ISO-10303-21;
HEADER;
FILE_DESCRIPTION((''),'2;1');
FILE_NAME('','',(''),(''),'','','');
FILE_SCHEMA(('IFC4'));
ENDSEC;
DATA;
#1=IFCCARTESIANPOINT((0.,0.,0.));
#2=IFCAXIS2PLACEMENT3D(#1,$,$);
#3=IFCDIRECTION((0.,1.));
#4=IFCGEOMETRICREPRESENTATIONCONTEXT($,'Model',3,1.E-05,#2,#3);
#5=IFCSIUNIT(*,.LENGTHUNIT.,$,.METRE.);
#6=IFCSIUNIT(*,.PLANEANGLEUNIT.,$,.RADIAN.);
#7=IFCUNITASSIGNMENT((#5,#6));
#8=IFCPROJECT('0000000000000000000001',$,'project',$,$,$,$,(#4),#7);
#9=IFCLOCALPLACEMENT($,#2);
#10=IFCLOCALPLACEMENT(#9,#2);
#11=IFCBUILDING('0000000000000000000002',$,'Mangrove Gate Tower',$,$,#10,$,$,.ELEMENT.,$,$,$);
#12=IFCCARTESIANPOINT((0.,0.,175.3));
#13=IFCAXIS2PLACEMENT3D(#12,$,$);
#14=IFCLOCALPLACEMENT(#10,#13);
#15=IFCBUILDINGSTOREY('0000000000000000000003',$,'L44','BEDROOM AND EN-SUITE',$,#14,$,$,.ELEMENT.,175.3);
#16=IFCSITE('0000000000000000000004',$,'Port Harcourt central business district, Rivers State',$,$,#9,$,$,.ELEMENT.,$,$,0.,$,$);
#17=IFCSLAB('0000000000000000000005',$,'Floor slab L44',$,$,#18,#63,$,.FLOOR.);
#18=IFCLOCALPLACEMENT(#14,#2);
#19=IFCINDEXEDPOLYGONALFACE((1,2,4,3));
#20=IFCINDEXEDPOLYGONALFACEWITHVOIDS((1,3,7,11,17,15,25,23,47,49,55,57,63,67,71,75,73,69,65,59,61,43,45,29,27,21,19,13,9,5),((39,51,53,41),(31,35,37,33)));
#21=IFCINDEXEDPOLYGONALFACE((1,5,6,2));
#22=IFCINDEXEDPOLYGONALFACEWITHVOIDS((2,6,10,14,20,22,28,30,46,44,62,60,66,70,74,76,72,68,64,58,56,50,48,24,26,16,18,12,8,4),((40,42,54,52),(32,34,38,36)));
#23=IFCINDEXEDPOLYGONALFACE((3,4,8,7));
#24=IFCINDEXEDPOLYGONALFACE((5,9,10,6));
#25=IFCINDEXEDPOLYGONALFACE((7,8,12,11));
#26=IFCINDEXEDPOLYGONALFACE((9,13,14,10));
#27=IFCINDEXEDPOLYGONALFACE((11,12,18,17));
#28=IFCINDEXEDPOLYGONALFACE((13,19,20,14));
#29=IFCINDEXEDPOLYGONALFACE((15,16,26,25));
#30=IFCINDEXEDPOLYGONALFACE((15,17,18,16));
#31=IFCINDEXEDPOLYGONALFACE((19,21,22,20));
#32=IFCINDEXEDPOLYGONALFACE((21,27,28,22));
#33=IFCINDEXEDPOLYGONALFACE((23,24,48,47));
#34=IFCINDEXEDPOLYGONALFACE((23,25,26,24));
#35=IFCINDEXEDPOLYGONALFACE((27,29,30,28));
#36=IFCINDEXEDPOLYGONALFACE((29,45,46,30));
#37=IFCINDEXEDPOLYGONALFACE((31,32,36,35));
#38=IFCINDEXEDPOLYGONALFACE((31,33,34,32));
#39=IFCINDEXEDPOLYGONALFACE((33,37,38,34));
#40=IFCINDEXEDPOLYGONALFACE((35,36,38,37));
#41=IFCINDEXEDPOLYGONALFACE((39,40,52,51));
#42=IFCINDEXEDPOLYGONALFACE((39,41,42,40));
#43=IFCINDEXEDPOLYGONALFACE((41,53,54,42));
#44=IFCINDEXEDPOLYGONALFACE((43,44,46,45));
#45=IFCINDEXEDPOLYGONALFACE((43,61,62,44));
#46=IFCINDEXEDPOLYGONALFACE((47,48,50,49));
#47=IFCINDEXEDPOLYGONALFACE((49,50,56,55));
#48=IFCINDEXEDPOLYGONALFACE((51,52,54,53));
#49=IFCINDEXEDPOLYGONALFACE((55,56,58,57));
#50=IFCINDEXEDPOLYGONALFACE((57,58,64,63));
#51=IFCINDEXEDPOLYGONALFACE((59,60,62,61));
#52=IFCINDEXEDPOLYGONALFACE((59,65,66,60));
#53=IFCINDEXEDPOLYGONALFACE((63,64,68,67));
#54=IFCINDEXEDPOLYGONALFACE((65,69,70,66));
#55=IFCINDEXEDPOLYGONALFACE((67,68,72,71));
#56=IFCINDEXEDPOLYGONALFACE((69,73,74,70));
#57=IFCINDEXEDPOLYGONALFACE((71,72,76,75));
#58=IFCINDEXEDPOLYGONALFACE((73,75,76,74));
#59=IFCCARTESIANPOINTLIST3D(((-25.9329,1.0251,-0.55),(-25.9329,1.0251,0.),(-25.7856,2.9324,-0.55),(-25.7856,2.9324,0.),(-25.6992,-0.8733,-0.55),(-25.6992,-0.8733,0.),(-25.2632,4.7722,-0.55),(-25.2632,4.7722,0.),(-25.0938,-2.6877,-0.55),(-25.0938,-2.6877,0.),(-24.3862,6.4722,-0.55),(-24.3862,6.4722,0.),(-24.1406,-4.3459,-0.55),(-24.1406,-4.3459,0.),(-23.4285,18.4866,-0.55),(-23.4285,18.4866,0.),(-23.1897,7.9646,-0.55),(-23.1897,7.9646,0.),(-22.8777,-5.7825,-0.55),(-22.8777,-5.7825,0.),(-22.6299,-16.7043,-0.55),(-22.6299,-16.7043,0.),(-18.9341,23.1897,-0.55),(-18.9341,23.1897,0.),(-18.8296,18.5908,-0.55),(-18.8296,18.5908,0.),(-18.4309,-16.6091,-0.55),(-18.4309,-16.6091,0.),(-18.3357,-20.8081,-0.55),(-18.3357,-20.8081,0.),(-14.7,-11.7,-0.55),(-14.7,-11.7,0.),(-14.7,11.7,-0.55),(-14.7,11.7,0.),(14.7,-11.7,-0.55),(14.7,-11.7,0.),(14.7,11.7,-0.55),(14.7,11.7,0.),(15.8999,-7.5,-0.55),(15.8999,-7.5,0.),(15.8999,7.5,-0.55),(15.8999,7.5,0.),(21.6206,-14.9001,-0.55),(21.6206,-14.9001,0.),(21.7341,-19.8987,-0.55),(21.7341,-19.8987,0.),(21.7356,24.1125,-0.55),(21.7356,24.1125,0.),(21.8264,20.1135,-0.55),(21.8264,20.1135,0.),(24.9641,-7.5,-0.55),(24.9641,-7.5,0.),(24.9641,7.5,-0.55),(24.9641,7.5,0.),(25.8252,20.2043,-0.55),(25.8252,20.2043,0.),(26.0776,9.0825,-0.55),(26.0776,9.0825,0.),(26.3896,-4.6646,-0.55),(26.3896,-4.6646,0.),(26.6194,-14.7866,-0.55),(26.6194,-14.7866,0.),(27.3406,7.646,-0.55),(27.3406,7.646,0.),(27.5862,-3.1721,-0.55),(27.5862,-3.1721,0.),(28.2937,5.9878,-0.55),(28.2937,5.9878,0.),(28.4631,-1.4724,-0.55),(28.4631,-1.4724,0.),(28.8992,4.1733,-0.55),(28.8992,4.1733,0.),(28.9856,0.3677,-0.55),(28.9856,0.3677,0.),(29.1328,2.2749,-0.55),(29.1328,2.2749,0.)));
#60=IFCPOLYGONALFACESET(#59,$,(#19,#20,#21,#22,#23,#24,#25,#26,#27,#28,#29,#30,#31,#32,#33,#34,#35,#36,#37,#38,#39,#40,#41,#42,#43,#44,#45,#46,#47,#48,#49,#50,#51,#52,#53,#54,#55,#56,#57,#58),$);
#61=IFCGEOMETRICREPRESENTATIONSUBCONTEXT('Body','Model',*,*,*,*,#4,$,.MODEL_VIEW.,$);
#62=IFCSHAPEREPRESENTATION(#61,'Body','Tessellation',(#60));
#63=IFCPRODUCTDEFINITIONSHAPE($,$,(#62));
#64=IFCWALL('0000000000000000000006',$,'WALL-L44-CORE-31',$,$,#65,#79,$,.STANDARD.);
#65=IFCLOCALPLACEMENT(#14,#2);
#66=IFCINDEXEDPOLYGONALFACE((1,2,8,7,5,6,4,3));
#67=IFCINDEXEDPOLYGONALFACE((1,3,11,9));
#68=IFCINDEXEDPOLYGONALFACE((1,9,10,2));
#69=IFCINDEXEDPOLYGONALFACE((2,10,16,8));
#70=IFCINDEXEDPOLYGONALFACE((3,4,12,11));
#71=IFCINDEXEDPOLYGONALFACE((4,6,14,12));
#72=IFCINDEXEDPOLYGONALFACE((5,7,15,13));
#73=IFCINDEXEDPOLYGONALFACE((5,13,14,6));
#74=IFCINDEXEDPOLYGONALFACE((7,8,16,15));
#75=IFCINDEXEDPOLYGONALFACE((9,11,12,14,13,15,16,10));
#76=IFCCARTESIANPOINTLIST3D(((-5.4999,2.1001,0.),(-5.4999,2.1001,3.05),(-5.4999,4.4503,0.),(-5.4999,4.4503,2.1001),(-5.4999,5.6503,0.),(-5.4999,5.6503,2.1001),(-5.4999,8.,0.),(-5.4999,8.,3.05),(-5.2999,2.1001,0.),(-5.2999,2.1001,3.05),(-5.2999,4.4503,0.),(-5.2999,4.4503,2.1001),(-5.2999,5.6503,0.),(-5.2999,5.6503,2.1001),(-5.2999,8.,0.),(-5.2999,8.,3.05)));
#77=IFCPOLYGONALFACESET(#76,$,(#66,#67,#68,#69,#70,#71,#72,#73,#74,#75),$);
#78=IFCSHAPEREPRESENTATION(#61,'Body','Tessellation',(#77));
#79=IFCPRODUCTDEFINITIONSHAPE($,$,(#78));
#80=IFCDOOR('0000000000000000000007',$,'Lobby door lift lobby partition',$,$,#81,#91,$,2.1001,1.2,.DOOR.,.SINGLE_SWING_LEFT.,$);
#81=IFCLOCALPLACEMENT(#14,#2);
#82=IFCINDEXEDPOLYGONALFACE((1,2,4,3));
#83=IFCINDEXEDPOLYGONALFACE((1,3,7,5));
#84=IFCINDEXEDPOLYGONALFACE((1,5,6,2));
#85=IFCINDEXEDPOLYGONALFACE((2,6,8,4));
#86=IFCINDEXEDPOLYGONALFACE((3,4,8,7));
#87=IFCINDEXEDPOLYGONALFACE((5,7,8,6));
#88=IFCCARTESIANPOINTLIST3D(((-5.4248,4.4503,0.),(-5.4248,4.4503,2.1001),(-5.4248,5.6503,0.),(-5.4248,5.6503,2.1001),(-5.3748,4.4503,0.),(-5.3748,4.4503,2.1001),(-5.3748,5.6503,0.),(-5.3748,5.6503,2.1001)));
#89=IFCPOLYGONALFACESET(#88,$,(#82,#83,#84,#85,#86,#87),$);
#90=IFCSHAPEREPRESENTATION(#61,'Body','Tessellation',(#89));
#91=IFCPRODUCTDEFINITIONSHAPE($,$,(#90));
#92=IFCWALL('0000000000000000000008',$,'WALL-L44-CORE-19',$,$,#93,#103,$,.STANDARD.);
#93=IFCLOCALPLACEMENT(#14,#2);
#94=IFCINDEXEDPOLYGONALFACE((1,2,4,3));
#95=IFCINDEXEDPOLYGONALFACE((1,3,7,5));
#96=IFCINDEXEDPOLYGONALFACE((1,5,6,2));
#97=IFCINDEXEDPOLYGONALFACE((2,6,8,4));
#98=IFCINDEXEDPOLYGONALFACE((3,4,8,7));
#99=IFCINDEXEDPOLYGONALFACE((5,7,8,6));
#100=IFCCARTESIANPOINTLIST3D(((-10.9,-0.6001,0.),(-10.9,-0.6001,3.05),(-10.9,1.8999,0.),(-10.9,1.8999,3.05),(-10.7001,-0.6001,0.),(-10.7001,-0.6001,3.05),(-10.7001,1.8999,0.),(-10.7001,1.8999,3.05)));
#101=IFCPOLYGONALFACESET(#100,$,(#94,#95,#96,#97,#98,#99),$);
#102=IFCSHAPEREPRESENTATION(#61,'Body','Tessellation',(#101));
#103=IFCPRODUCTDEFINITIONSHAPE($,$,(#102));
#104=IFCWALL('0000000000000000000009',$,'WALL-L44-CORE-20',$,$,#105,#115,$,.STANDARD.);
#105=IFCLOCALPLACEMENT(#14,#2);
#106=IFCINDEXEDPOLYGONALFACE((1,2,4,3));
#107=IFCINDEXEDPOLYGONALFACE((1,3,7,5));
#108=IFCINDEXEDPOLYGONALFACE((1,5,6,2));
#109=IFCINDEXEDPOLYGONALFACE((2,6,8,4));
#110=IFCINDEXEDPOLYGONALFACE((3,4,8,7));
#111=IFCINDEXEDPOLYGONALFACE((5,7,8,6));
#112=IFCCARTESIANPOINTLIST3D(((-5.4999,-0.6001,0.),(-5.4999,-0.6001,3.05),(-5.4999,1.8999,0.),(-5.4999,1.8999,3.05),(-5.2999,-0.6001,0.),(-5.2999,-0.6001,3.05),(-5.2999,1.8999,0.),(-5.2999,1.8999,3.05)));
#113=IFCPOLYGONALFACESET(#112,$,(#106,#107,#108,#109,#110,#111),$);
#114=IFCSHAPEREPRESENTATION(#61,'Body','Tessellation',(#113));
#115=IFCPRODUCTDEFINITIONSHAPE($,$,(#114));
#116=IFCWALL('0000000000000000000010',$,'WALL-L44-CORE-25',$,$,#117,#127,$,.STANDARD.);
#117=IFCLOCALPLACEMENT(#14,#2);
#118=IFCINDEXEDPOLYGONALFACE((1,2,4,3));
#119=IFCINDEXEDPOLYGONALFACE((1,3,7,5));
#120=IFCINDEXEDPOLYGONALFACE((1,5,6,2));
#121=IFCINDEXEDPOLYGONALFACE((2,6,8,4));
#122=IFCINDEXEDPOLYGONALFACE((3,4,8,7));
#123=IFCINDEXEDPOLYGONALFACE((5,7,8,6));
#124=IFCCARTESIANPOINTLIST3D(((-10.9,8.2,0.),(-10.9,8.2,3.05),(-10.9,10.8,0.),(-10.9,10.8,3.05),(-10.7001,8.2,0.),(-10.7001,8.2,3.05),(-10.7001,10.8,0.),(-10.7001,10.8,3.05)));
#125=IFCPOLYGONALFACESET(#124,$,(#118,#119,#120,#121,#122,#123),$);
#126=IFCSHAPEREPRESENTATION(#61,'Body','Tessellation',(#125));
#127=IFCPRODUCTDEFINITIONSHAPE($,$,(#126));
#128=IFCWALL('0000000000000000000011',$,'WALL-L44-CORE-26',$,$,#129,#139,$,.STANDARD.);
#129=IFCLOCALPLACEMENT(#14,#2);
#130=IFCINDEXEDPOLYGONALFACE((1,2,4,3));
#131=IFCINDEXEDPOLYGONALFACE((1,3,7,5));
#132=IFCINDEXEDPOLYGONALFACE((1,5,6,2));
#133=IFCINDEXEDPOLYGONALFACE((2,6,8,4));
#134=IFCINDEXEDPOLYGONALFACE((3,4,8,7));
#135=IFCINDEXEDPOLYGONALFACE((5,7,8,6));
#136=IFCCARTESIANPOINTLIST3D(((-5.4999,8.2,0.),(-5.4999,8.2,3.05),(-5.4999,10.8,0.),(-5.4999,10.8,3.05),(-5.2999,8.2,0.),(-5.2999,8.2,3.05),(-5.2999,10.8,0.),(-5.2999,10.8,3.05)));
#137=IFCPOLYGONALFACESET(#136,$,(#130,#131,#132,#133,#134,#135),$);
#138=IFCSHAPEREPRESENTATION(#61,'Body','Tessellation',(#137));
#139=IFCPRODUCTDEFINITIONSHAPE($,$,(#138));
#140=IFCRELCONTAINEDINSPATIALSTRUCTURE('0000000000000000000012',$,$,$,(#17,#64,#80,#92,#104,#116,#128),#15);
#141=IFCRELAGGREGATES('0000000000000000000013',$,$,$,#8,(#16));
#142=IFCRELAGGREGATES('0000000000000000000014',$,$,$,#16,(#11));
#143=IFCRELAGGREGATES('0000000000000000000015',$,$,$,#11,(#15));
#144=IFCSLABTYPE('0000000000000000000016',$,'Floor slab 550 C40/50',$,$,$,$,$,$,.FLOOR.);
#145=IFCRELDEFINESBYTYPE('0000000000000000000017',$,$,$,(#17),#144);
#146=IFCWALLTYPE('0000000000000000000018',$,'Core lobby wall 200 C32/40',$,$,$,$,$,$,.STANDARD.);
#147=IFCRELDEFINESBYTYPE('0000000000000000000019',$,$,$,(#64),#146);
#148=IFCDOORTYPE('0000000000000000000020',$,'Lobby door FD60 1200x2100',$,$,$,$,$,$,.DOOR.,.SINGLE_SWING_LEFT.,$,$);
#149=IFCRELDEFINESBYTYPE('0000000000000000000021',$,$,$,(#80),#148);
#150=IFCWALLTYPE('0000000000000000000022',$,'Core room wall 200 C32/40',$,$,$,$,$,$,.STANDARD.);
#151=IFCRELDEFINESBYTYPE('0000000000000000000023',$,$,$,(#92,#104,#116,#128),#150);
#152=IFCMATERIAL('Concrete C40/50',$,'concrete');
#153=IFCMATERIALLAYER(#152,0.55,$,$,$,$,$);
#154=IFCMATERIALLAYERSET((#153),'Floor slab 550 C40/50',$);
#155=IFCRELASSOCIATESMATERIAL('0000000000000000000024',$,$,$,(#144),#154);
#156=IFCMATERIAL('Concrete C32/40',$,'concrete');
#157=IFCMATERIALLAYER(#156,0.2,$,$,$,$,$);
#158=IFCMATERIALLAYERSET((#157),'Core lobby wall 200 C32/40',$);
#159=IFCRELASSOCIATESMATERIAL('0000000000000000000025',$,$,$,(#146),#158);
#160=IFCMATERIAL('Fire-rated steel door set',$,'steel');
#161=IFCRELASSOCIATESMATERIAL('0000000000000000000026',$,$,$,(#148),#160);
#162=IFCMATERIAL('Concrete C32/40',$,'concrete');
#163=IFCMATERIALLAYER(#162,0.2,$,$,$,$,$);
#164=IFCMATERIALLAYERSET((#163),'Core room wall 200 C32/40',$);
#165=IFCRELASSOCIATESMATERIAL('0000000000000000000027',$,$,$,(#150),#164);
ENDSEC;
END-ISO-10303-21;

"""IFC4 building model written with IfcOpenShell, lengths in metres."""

from ifc_helpers import new_model, si_unit, direction, frame, frame_2d, origin, place, context, subcontext, project, spatial, polyline, rectangle, outline, extrude, material, layer, layer_set, type_object, element, fill, save


model = new_model("IFC4")

# Units and contexts
model_context = context("Model", 3, precision=1e-05, world=origin(), true_north=direction((0.0, 1.0)))
body_context = subcontext(model_context, "Body", "Model", "MODEL_VIEW")
ifc_project = project(units=[si_unit("LENGTHUNIT", "METRE"), si_unit("PLANEANGLEUNIT", "RADIAN")], contexts=[model_context])

# Site, building, storey
site_placement = place(None, origin())
site = spatial("IfcSite", under=ifc_project, at=site_placement, Name="Port Harcourt central business district, Rivers State", CompositionType="ELEMENT", RefElevation=0.0)
building_placement = place(site_placement, origin())
building = spatial("IfcBuilding", under=site, at=building_placement, Name="Mangrove Gate Tower", CompositionType="ELEMENT")
storey_placement = place(building_placement, frame((0.0, 0.0, 175.3)))
storey = spatial("IfcBuildingStorey", under=building, at=storey_placement, Name="L44", Description="BEDROOM AND EN-SUITE", CompositionType="ELEMENT", Elevation=175.3)

# Slab
ifc_material_1 = material(Name="Concrete C40/50", Category="concrete")
ifc_layer_1 = layer(ifc_material_1, 0.55)
ifc_layer_set_1 = layer_set([ifc_layer_1], Name="Floor slab 550 C40/50")
slab_type_1 = type_object("IfcSlabType", Name="Floor slab 550 C40/50", PredefinedType="FLOOR", material=ifc_layer_set_1)
slab_1_placement = place(storey_placement, frame((0.0, 0.0, -0.55)))
element("IfcSlab", 1, at=slab_1_placement, inside=storey, type_object=slab_type_1, Name="Floor slab L44", PredefinedType="FLOOR", context=body_context, shape_type="SweptSolid", body=[
    extrude(outline(polyline([(-18.3357, -20.8081), (21.7341, -19.8987), (21.6206, -14.9001), (26.6194, -14.7866), (26.3896, -4.6646), (27.5862, -3.1721), (28.4631, -1.4724), (28.9856, 0.3677), (29.1328, 2.2749), (28.8992, 4.1733), (28.2937, 5.9878), (27.3406, 7.646), (26.0776, 9.0825), (25.8252, 20.2043), (21.8264, 20.1135), (21.7356, 24.1125), (-18.9341, 23.1897), (-18.8296, 18.5908), (-23.4285, 18.4866), (-23.1897, 7.9646), (-24.3862, 6.4722), (-25.2632, 4.7722), (-25.7856, 2.9324), (-25.9329, 1.0251), (-25.6992, -0.8733), (-25.0938, -2.6877), (-24.1406, -4.3459), (-22.8777, -5.7825), (-22.6299, -16.7043), (-18.4309, -16.6091), (-18.3357, -20.8081)]), holes=[polyline([(15.8999, 7.5), (24.9641, 7.5), (24.9641, -7.5), (15.8999, -7.5), (15.8999, 7.5)]), polyline([(-14.7, -11.7), (-14.7, 11.7), (14.7, 11.7), (14.7, -11.7), (-14.7, -11.7)])]), origin(), (0.0, 0.0, 1.0), 0.55),
])

# Wall, opening, door
ifc_material_2 = material(Name="Concrete C32/40", Category="concrete")
ifc_layer_2 = layer(ifc_material_2, 0.2)
ifc_layer_set_2 = layer_set([ifc_layer_2], Name="Core lobby wall 200 C32/40")
wall_type_1 = type_object("IfcWallType", Name="Core lobby wall 200 C32/40", PredefinedType="STANDARD", material=ifc_layer_set_2)
wall_1_placement = place(storey_placement, frame((-5.3999, 2.1001, 0.0), z_axis=(0.0, 0.0, 1.0), x_axis=(0.0, 1.0, 0.0)))
wall_1 = element("IfcWall", 2, at=wall_1_placement, inside=storey, type_object=wall_type_1, Name="WALL-L44-CORE-31", PredefinedType="STANDARD", context=body_context, shape_type="SweptSolid", body=[
    extrude(rectangle(XDim=5.8999, YDim=0.2, at=frame_2d((2.95, 0.0))), origin(), (0.0, 0.0, 1.0), 3.05),
])
opening_1_placement = place(wall_1_placement, frame((2.3501, 0.0, 0.0)))
opening_1 = element("IfcOpeningElement", 3, at=opening_1_placement, cuts=wall_1, PredefinedType="OPENING", context=body_context, shape_type="SweptSolid", body=[
    extrude(rectangle(XDim=1.2, YDim=2.1001, at=frame_2d((0.6001, 1.05))), frame((0.0, 0.1099, 0.0), z_axis=(0.0, -1.0, 0.0), x_axis=(1.0, 0.0, 0.0)), (0.0, 0.0, 1.0), 0.22),
])
ifc_material_3 = material(Name="Fire-rated steel door set", Category="steel")
door_type_1 = type_object("IfcDoorType", Name="Lobby door FD60 1200x2100", OperationType="SINGLE_SWING_LEFT", PredefinedType="DOOR", material=ifc_material_3)
door_1_placement = place(opening_1_placement, origin())
door_1 = element("IfcDoor", 4, at=door_1_placement, inside=storey, type_object=door_type_1, Name="Lobby door lift lobby partition", OperationType="SINGLE_SWING_LEFT", OverallHeight=2.1001, OverallWidth=1.2, PredefinedType="DOOR", context=body_context, shape_type="SweptSolid", body=[
    extrude(rectangle(XDim=1.2, YDim=2.1001, at=frame_2d((0.6001, 1.05))), frame((0.0, 0.0249, 0.0), z_axis=(0.0, -1.0, 0.0), x_axis=(1.0, 0.0, 0.0)), (0.0, 0.0, 1.0), 0.05),
])
fill(opening_1, door_1)

# Walls
ifc_material_4 = material(Name="Concrete C32/40", Category="concrete")
ifc_layer_3 = layer(ifc_material_4, 0.2)
ifc_layer_set_3 = layer_set([ifc_layer_3], Name="Core room wall 200 C32/40")
wall_type_2 = type_object("IfcWallType", Name="Core room wall 200 C32/40", PredefinedType="STANDARD", material=ifc_layer_set_3)
for number, where, z_axis, x_axis, name in (
    (5, (-10.8, -0.6001, 0.0), (0.0, 0.0, 1.0), (0.0, 1.0, 0.0), "WALL-L44-CORE-19"),
    (6, (-5.3999, -0.6001, 0.0), (0.0, 0.0, 1.0), (0.0, 1.0, 0.0), "WALL-L44-CORE-20"),
):
    element("IfcWall", number, at=place(storey_placement, frame(where, z_axis=z_axis, x_axis=x_axis)), inside=storey, type_object=wall_type_2, Name=name, PredefinedType="STANDARD", context=body_context, shape_type="SweptSolid", body=[
        extrude(rectangle(XDim=2.5, YDim=0.2, at=frame_2d((1.25, 0.0))), origin(), (0.0, 0.0, 1.0), 3.05),
    ])
for number, where, z_axis, x_axis, name in (
    (7, (-10.8, 8.2, 0.0), (0.0, 0.0, 1.0), (0.0, 1.0, 0.0), "WALL-L44-CORE-25"),
    (8, (-5.3999, 8.2, 0.0), (0.0, 0.0, 1.0), (0.0, 1.0, 0.0), "WALL-L44-CORE-26"),
):
    element("IfcWall", number, at=place(storey_placement, frame(where, z_axis=z_axis, x_axis=x_axis)), inside=storey, type_object=wall_type_2, Name=name, PredefinedType="STANDARD", context=body_context, shape_type="SweptSolid", body=[
        extrude(rectangle(XDim=2.6001, YDim=0.2, at=frame_2d((1.3, 0.0))), origin(), (0.0, 0.0, 1.0), 3.05),
    ])

save(model, "model.ifc")
